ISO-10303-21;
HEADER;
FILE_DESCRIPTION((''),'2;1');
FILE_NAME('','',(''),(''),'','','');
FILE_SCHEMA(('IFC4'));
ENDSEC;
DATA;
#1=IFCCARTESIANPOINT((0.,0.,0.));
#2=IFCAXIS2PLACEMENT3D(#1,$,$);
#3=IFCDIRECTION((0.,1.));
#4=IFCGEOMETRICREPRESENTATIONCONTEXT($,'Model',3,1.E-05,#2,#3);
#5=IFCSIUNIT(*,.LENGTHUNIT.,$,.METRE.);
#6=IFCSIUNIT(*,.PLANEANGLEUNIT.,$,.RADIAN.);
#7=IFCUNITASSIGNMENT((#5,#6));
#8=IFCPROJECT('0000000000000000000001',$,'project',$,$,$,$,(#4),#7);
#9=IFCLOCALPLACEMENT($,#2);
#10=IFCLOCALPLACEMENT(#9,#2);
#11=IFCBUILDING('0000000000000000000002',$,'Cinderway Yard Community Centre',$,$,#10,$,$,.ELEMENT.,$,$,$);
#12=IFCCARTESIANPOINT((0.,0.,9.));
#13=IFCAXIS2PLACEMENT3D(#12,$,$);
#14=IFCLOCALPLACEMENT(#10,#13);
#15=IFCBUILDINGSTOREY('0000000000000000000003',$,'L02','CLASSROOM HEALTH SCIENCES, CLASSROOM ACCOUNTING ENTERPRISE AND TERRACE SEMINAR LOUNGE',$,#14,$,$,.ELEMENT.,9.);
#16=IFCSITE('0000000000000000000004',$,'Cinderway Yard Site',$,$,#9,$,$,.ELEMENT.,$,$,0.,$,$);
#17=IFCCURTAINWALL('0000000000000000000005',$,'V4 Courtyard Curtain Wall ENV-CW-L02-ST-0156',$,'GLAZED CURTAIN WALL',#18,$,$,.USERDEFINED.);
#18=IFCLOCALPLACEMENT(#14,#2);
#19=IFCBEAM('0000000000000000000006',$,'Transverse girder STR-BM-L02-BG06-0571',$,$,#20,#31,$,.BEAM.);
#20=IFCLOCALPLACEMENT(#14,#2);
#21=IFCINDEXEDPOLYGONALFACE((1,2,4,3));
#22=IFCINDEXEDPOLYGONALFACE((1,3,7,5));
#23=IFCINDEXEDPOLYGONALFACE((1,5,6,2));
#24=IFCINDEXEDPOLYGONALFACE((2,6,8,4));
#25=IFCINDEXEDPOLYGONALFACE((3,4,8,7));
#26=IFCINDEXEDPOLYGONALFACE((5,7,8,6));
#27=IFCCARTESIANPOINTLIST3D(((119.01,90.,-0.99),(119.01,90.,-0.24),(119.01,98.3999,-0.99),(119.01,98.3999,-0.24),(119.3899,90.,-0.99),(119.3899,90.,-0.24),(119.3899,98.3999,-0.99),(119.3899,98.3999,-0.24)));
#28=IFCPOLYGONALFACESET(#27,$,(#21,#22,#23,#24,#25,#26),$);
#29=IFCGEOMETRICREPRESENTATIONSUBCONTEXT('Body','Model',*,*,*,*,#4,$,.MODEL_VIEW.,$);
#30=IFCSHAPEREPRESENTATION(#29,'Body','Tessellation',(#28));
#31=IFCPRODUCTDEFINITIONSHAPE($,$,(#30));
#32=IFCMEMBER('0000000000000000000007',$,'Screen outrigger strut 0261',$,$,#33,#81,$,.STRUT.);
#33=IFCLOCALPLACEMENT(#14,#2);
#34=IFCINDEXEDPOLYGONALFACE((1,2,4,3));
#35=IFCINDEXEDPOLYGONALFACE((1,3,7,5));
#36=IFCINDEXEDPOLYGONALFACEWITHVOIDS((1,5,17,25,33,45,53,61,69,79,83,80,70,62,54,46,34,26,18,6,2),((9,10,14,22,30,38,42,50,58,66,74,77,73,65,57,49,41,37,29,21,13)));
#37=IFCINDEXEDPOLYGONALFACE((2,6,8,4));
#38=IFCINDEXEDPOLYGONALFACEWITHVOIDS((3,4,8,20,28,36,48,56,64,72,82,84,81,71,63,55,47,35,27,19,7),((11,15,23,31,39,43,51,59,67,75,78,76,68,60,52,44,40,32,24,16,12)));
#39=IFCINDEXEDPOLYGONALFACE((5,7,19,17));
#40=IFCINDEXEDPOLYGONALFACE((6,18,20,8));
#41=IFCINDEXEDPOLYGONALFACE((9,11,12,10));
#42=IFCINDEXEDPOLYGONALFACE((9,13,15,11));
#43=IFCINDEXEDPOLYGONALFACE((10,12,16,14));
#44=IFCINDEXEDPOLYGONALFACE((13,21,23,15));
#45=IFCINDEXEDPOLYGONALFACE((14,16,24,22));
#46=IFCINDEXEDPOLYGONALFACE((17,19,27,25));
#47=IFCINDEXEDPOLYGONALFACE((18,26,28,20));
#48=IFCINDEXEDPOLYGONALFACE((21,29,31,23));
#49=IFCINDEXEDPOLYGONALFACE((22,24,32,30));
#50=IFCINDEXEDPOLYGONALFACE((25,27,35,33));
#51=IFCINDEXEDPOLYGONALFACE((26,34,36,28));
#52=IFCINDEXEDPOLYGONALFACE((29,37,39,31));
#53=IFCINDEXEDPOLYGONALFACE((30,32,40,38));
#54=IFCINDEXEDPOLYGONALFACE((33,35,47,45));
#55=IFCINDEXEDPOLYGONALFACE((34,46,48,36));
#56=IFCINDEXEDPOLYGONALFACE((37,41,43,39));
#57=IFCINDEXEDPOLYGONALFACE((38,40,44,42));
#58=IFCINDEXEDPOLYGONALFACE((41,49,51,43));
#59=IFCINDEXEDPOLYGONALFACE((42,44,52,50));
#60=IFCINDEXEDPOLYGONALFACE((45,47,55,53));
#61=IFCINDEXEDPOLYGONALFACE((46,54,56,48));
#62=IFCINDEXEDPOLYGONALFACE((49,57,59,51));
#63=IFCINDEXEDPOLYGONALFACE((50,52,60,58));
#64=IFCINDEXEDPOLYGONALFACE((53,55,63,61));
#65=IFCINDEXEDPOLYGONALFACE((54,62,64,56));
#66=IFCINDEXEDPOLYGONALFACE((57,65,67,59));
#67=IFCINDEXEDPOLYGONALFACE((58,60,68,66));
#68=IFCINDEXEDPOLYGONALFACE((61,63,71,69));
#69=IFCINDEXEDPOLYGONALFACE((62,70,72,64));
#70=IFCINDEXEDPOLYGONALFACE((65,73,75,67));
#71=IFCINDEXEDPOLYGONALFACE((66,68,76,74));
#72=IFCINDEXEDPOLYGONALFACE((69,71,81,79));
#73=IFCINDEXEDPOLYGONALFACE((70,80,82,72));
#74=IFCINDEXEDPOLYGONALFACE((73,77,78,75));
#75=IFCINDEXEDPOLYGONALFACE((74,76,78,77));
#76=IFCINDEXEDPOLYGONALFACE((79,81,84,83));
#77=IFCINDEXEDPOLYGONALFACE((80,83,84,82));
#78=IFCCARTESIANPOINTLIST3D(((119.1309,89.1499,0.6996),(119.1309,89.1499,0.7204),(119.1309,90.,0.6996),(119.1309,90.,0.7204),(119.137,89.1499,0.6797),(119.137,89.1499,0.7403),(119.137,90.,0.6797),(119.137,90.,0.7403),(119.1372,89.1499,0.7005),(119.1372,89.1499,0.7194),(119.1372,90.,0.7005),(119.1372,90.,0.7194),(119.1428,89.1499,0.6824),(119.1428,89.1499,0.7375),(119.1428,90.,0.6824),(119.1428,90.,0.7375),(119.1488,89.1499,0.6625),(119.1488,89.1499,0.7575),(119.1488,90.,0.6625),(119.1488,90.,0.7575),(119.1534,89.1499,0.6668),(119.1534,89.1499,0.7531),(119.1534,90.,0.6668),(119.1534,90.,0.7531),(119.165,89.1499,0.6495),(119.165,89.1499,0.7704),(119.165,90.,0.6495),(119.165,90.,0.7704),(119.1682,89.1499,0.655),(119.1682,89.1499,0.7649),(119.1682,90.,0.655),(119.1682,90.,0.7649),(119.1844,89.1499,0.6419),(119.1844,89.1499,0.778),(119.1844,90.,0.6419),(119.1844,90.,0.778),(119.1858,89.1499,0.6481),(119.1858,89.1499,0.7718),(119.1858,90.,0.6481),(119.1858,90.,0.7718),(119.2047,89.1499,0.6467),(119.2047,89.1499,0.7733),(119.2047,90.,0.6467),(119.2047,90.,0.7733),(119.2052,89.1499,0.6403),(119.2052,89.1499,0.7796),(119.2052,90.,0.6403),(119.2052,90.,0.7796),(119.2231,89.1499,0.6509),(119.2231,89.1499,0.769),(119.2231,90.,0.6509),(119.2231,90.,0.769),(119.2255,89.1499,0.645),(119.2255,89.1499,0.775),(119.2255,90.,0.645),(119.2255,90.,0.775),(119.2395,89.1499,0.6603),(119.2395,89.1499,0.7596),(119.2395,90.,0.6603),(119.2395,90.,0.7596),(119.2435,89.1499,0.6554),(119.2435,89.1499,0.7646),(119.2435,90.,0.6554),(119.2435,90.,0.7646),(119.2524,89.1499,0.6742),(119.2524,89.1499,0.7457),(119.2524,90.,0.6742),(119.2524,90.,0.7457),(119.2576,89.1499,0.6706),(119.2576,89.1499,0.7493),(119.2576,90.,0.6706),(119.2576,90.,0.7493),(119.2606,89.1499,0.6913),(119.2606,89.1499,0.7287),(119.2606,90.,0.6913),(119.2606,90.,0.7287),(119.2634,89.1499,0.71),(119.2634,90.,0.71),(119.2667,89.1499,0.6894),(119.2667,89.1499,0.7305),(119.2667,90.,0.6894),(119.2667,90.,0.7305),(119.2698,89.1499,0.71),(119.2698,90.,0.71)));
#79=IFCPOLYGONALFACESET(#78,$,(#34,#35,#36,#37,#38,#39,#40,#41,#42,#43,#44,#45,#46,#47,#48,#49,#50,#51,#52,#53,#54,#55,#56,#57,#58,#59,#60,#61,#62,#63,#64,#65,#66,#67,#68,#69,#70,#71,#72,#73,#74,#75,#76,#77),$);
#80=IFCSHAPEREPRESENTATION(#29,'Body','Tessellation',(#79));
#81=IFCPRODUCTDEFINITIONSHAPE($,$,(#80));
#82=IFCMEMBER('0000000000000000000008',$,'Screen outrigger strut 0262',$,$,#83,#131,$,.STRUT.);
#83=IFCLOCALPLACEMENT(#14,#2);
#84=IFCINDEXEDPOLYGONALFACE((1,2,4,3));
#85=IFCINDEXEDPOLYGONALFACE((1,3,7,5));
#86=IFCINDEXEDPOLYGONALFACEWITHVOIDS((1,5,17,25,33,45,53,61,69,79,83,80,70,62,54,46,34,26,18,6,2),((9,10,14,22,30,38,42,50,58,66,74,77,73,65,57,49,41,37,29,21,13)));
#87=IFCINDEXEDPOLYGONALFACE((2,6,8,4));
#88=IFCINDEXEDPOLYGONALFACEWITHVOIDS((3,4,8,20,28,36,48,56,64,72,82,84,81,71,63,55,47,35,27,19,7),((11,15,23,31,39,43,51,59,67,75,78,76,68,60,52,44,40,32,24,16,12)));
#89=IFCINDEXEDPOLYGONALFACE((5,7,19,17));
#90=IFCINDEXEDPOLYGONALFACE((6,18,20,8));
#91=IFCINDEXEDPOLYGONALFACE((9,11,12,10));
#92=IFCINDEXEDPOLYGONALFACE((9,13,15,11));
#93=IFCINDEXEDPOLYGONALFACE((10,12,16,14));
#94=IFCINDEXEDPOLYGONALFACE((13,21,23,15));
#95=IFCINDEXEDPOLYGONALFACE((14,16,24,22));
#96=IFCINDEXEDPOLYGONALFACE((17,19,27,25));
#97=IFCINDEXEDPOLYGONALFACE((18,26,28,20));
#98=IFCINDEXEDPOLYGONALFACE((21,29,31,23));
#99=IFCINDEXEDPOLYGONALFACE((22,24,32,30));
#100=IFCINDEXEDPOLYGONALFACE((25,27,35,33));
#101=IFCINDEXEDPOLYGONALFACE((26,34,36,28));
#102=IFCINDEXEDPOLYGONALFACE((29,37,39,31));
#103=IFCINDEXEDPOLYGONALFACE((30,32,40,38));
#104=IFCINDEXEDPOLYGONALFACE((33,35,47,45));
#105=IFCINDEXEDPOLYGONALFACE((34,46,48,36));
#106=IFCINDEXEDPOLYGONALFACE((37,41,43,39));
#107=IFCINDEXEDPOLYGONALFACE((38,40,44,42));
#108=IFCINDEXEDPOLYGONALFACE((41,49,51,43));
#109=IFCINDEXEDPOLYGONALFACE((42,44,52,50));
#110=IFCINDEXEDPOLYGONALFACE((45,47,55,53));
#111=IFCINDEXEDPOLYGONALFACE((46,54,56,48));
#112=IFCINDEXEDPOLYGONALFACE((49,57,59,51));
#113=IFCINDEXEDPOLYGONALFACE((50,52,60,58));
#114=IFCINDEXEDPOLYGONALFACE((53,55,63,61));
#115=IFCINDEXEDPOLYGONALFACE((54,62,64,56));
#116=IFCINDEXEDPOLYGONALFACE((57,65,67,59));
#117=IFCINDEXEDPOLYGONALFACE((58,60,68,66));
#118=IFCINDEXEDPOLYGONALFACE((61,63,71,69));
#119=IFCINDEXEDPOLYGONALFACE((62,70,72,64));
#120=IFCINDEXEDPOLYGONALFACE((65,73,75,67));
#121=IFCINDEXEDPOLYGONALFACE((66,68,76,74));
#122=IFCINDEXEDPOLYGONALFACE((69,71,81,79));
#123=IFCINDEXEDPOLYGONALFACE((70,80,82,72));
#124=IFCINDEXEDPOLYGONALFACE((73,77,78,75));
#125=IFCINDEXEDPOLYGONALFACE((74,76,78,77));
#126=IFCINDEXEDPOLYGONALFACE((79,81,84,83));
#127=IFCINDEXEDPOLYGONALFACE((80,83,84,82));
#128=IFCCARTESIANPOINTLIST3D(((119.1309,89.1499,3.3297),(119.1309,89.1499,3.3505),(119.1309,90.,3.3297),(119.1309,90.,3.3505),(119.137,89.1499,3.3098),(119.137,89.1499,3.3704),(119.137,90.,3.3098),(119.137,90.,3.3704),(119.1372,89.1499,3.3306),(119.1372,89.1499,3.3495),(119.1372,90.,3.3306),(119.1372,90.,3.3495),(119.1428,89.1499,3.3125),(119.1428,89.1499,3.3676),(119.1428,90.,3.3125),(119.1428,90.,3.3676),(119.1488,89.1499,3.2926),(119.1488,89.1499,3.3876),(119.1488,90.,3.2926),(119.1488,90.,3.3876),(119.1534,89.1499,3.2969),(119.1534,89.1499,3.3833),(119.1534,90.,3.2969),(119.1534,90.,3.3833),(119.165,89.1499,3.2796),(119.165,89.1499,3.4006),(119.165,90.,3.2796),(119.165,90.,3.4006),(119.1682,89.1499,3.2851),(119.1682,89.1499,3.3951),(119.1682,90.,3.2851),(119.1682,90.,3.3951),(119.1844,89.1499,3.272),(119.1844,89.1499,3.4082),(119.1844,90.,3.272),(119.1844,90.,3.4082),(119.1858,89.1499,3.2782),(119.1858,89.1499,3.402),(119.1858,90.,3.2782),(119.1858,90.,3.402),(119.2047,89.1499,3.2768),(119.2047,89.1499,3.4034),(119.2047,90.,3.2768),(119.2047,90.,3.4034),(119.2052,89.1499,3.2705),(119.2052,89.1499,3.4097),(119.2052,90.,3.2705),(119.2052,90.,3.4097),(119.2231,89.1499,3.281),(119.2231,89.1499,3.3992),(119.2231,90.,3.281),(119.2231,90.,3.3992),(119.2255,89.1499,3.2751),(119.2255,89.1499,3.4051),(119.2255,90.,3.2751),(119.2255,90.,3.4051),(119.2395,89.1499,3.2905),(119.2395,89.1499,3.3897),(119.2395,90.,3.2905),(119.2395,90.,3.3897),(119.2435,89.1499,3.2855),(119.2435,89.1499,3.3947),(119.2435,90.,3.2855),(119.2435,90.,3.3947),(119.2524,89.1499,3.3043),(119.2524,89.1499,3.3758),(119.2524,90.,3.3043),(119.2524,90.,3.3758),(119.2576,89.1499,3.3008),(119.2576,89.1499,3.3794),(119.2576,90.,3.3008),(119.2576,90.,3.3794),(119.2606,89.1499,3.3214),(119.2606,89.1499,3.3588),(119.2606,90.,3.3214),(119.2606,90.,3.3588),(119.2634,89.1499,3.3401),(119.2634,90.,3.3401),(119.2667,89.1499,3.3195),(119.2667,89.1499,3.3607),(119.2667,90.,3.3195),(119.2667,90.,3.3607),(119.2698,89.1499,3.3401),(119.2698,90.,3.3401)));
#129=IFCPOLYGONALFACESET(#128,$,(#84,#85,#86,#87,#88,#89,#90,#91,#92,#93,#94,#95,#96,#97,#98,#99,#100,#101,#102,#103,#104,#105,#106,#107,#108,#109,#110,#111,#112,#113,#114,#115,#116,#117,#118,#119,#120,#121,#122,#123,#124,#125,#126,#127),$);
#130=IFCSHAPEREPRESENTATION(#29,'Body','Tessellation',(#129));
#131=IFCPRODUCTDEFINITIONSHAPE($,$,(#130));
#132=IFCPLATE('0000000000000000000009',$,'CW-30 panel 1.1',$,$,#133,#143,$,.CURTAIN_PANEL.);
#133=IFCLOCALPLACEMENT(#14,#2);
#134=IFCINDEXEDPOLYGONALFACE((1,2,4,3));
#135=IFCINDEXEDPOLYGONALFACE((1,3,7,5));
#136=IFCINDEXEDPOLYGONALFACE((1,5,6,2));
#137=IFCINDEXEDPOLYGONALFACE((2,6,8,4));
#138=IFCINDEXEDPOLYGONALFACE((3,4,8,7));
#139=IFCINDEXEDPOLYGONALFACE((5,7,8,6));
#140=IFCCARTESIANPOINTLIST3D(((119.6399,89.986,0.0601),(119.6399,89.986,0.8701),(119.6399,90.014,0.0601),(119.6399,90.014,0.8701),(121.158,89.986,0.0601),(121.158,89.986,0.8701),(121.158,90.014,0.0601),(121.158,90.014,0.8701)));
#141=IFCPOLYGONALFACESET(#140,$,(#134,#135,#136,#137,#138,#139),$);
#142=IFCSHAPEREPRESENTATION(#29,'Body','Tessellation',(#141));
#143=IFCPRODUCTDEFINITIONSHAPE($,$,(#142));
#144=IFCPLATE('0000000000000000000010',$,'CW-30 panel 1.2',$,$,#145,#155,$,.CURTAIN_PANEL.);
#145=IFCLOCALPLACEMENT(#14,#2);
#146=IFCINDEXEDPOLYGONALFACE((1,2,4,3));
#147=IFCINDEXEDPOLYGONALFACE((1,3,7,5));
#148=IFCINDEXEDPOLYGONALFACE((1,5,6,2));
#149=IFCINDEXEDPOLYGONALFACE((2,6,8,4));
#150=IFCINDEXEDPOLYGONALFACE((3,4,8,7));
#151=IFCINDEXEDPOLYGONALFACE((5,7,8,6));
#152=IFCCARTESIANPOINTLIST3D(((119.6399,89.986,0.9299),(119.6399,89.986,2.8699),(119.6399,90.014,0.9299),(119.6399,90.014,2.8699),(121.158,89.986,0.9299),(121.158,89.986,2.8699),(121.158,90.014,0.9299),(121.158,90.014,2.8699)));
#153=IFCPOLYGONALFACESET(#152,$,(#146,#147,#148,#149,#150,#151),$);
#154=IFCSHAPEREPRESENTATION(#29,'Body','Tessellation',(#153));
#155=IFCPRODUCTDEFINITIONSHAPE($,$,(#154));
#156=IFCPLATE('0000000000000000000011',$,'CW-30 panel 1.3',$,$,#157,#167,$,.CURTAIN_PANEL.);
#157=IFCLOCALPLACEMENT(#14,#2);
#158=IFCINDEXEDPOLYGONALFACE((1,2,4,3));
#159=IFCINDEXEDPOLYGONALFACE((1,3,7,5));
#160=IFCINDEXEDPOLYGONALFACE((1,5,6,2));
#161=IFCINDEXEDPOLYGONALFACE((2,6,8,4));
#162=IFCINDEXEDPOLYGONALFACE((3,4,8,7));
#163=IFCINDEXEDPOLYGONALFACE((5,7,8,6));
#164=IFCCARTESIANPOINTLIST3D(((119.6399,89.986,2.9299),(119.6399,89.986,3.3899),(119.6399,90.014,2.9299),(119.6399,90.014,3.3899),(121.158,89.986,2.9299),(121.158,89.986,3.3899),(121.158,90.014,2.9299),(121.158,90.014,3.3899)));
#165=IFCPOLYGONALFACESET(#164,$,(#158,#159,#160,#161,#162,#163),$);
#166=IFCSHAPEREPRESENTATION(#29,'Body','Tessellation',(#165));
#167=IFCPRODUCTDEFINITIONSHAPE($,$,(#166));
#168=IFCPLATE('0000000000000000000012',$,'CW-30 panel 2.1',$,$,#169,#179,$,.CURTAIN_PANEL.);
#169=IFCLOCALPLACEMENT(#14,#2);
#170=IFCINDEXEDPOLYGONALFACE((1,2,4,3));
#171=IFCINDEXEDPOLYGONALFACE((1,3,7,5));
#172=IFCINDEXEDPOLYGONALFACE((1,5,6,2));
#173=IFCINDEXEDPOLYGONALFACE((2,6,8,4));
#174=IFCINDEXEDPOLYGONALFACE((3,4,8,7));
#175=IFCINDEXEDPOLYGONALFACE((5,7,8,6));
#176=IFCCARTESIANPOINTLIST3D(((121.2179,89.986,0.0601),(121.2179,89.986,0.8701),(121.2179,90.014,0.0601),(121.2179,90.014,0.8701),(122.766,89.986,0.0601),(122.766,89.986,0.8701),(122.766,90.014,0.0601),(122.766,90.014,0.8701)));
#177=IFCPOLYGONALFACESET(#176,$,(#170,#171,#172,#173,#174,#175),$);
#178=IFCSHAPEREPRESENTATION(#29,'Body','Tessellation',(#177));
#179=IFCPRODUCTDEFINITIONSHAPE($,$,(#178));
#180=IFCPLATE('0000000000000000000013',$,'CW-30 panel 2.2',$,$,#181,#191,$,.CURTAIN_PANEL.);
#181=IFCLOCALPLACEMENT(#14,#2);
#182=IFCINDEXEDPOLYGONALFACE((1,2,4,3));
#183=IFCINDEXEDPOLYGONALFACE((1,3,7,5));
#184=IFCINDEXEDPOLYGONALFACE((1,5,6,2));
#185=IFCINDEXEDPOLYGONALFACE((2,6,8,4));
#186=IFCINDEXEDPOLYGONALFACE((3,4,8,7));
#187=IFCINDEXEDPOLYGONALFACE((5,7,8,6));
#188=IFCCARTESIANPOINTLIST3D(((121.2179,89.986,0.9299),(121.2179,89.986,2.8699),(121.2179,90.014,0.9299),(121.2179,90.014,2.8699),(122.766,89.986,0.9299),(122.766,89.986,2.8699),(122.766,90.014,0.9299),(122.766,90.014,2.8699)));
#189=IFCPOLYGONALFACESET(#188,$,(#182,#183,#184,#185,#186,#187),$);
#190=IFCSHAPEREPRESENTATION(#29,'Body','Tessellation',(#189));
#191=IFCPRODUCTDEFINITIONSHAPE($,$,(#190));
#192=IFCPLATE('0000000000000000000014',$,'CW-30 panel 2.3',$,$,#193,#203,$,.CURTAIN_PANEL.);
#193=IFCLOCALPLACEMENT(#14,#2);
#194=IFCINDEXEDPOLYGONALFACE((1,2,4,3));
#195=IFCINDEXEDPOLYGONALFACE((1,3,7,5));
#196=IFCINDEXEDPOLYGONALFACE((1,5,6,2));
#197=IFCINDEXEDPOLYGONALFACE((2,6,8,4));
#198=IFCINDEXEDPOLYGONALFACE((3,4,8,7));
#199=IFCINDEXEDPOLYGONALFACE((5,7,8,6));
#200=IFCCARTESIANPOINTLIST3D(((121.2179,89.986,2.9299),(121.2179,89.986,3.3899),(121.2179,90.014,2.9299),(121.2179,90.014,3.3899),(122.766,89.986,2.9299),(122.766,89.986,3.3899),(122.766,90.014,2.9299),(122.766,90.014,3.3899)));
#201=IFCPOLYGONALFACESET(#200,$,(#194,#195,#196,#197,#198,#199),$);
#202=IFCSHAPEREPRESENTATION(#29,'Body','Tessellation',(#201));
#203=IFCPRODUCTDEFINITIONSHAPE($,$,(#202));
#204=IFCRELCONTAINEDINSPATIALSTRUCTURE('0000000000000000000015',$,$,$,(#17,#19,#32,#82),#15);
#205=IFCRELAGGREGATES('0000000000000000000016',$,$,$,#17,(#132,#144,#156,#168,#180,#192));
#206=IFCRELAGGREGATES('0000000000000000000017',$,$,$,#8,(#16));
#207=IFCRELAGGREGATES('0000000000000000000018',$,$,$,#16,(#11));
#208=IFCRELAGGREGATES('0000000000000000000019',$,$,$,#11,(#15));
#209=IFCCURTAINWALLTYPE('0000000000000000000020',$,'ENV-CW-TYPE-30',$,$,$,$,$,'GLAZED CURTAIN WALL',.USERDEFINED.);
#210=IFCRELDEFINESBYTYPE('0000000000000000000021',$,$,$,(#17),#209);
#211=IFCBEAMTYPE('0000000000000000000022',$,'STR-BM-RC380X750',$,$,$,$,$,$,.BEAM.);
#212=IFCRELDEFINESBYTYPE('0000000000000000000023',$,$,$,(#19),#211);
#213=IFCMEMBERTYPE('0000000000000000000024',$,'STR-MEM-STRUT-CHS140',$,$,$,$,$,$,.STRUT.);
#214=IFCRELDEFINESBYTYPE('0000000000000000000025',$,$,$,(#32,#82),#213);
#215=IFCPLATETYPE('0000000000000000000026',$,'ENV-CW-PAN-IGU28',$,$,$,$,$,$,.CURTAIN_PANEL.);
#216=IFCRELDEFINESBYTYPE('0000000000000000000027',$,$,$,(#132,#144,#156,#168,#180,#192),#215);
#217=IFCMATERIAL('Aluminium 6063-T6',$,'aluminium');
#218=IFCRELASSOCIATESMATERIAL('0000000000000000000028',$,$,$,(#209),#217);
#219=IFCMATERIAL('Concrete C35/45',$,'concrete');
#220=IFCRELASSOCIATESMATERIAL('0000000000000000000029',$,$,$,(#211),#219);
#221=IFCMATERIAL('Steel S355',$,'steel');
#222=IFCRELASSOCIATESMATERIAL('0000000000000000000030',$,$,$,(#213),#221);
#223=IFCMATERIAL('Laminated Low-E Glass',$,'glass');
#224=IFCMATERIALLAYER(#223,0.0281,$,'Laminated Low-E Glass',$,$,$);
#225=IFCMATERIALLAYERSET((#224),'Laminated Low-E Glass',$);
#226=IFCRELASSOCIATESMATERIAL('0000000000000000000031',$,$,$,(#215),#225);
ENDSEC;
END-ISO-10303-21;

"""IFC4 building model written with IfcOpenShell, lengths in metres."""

from ifc_helpers import new_model, si_unit, direction, frame, origin, origin_2d, place, context, subcontext, project, spatial, rectangle, hollow_circle, extrude, material, layer, layer_set, material_profile, profile_set, type_object, element, aggregate, save


model = new_model("IFC4")

# Units and contexts
model_context = context("Model", 3, precision=1e-05, world=origin(), true_north=direction((0.0, 1.0)))
body_context = subcontext(model_context, "Body", "Model", "MODEL_VIEW")
ifc_project = project(units=[si_unit("LENGTHUNIT", "METRE"), si_unit("PLANEANGLEUNIT", "RADIAN")], contexts=[model_context])

# Site, building, storey
site_placement = place(None, origin())
site = spatial("IfcSite", under=ifc_project, at=site_placement, Name="Cinderway Yard Site", CompositionType="ELEMENT", RefElevation=0.0)
building_placement = place(site_placement, origin())
building = spatial("IfcBuilding", under=site, at=building_placement, Name="Cinderway Yard Community Centre", CompositionType="ELEMENT")
storey_placement = place(building_placement, frame((0.0, 0.0, 9.0)))
storey = spatial("IfcBuildingStorey", under=building, at=storey_placement, Name="L02", Description="CLASSROOM HEALTH SCIENCES, CLASSROOM ACCOUNTING ENTERPRISE AND TERRACE SEMINAR LOUNGE", CompositionType="ELEMENT", Elevation=9.0)

# Curtain wall
ifc_material_1 = material(Name="Aluminium 6063-T6", Category="aluminium")
curtain_wall_type = type_object("IfcCurtainWallType", Name="ENV-CW-TYPE-30", ElementType="GLAZED CURTAIN WALL", PredefinedType="USERDEFINED", material=ifc_material_1)
curtain_wall_placement = place(storey_placement, origin())
curtain_wall = element("IfcCurtainWall", 1, at=curtain_wall_placement, inside=storey, type_object=curtain_wall_type, Name="V4 Courtyard Curtain Wall ENV-CW-L02-ST-0156", ObjectType="GLAZED CURTAIN WALL", PredefinedType="USERDEFINED")

# Beam
ifc_material_2 = material(Name="Concrete C35/45", Category="concrete")
ifc_material_profile_1 = material_profile(ifc_material_2, rectangle(XDim=0.3799, YDim=0.75, at=origin_2d()), Name="Concrete C35/45")
ifc_profile_set_1 = profile_set([ifc_material_profile_1], Name="Concrete C35/45")
beam_type = type_object("IfcBeamType", Name="STR-BM-RC380X750", PredefinedType="BEAM", material=ifc_profile_set_1)
beam_placement = place(storey_placement, frame((119.2, 90.0, -0.615), z_axis=(0.0, 1.0, 0.0), x_axis=(-1.0, 0.0, 0.0)))
element("IfcBeam", 2, at=beam_placement, inside=storey, type_object=beam_type, Name="Transverse girder STR-BM-L02-BG06-0571", PredefinedType="BEAM", context=body_context, shape_type="SweptSolid", body=[
    extrude(rectangle(XDim=0.3799, YDim=0.75, at=origin_2d()), origin(), (0.0, 0.0, 1.0), 8.3999),
])

# Members
ifc_material_3 = material(Name="Steel S355", Category="steel")
ifc_material_profile_2 = material_profile(ifc_material_3, hollow_circle(Radius=0.0698, WallThickness=0.0063, at=origin_2d()), Name="Steel S355")
ifc_profile_set_2 = profile_set([ifc_material_profile_2], Name="Steel S355")
member_type_1 = type_object("IfcMemberType", Name="STR-MEM-STRUT-CHS140", PredefinedType="STRUT", material=ifc_profile_set_2)
for number, where, z_axis, x_axis, name in (
    (3, (119.2, 90.0, 0.71), (0.0, -1.0, 0.0), (1.0, 0.0, 0.0), "Screen outrigger strut 0261"),
    (4, (119.2, 90.0, 3.3401), (0.0, -1.0, 0.0), (1.0, 0.0, 0.0), "Screen outrigger strut 0262"),
):
    element("IfcMember", number, at=place(storey_placement, frame(where, z_axis=z_axis, x_axis=x_axis)), inside=storey, type_object=member_type_1, Name=name, PredefinedType="STRUT", context=body_context, shape_type="SweptSolid", body=[
        extrude(hollow_circle(Radius=0.0698, WallThickness=0.0063, at=origin_2d()), origin(), (0.0, 0.0, 1.0), 0.8501),
    ])

# Plates
ifc_material_4 = material(Name="Laminated Low-E Glass", Category="glass")
ifc_layer_1 = layer(ifc_material_4, 0.0281, Name="Laminated Low-E Glass")
ifc_layer_set_1 = layer_set([ifc_layer_1], Name="Laminated Low-E Glass")
plate_type_1 = type_object("IfcPlateType", Name="ENV-CW-PAN-IGU28", PredefinedType="CURTAIN_PANEL", material=ifc_layer_set_1)
plate_1_placement = place(storey_placement, frame((120.3989, 90.0, 0.0601), z_axis=(0.0, 0.0, 1.0), x_axis=(1.0, 0.0, 0.0)))
plate_1 = element("IfcPlate", 5, at=plate_1_placement, type_object=plate_type_1, Name="CW-30 panel 1.1", PredefinedType="CURTAIN_PANEL", context=body_context, shape_type="SweptSolid", body=[
    extrude(rectangle(XDim=1.5181, YDim=0.0281, at=origin_2d()), origin(), (0.0, 0.0, 1.0), 0.8101),
])
plate_2_placement = place(storey_placement, frame((120.3989, 90.0, 0.9299), z_axis=(0.0, 0.0, 1.0), x_axis=(1.0, 0.0, 0.0)))
plate_2 = element("IfcPlate", 6, at=plate_2_placement, type_object=plate_type_1, Name="CW-30 panel 1.2", PredefinedType="CURTAIN_PANEL", context=body_context, shape_type="SweptSolid", body=[
    extrude(rectangle(XDim=1.5181, YDim=0.0281, at=origin_2d()), origin(), (0.0, 0.0, 1.0), 1.9399),
])
plate_3_placement = place(storey_placement, frame((120.3989, 90.0, 2.9299), z_axis=(0.0, 0.0, 1.0), x_axis=(1.0, 0.0, 0.0)))
plate_3 = element("IfcPlate", 7, at=plate_3_placement, type_object=plate_type_1, Name="CW-30 panel 1.3", PredefinedType="CURTAIN_PANEL", context=body_context, shape_type="SweptSolid", body=[
    extrude(rectangle(XDim=1.5181, YDim=0.0281, at=origin_2d()), origin(), (0.0, 0.0, 1.0), 0.46),
])
plate_4_placement = place(storey_placement, frame((121.9919, 90.0, 0.0601), z_axis=(0.0, 0.0, 1.0), x_axis=(1.0, 0.0, 0.0)))
plate_4 = element("IfcPlate", 8, at=plate_4_placement, type_object=plate_type_1, Name="CW-30 panel 2.1", PredefinedType="CURTAIN_PANEL", context=body_context, shape_type="SweptSolid", body=[
    extrude(rectangle(XDim=1.5481, YDim=0.0281, at=origin_2d()), origin(), (0.0, 0.0, 1.0), 0.8101),
])
plate_5_placement = place(storey_placement, frame((121.9919, 90.0, 0.9299), z_axis=(0.0, 0.0, 1.0), x_axis=(1.0, 0.0, 0.0)))
plate_5 = element("IfcPlate", 9, at=plate_5_placement, type_object=plate_type_1, Name="CW-30 panel 2.2", PredefinedType="CURTAIN_PANEL", context=body_context, shape_type="SweptSolid", body=[
    extrude(rectangle(XDim=1.5481, YDim=0.0281, at=origin_2d()), origin(), (0.0, 0.0, 1.0), 1.9399),
])
plate_6_placement = place(storey_placement, frame((121.9919, 90.0, 2.9299), z_axis=(0.0, 0.0, 1.0), x_axis=(1.0, 0.0, 0.0)))
plate_6 = element("IfcPlate", 10, at=plate_6_placement, type_object=plate_type_1, Name="CW-30 panel 2.3", PredefinedType="CURTAIN_PANEL", context=body_context, shape_type="SweptSolid", body=[
    extrude(rectangle(XDim=1.5481, YDim=0.0281, at=origin_2d()), origin(), (0.0, 0.0, 1.0), 0.46),
])
aggregate(curtain_wall, [plate_1, plate_2, plate_3, plate_4, plate_5, plate_6])

save(model, "model.ifc")
